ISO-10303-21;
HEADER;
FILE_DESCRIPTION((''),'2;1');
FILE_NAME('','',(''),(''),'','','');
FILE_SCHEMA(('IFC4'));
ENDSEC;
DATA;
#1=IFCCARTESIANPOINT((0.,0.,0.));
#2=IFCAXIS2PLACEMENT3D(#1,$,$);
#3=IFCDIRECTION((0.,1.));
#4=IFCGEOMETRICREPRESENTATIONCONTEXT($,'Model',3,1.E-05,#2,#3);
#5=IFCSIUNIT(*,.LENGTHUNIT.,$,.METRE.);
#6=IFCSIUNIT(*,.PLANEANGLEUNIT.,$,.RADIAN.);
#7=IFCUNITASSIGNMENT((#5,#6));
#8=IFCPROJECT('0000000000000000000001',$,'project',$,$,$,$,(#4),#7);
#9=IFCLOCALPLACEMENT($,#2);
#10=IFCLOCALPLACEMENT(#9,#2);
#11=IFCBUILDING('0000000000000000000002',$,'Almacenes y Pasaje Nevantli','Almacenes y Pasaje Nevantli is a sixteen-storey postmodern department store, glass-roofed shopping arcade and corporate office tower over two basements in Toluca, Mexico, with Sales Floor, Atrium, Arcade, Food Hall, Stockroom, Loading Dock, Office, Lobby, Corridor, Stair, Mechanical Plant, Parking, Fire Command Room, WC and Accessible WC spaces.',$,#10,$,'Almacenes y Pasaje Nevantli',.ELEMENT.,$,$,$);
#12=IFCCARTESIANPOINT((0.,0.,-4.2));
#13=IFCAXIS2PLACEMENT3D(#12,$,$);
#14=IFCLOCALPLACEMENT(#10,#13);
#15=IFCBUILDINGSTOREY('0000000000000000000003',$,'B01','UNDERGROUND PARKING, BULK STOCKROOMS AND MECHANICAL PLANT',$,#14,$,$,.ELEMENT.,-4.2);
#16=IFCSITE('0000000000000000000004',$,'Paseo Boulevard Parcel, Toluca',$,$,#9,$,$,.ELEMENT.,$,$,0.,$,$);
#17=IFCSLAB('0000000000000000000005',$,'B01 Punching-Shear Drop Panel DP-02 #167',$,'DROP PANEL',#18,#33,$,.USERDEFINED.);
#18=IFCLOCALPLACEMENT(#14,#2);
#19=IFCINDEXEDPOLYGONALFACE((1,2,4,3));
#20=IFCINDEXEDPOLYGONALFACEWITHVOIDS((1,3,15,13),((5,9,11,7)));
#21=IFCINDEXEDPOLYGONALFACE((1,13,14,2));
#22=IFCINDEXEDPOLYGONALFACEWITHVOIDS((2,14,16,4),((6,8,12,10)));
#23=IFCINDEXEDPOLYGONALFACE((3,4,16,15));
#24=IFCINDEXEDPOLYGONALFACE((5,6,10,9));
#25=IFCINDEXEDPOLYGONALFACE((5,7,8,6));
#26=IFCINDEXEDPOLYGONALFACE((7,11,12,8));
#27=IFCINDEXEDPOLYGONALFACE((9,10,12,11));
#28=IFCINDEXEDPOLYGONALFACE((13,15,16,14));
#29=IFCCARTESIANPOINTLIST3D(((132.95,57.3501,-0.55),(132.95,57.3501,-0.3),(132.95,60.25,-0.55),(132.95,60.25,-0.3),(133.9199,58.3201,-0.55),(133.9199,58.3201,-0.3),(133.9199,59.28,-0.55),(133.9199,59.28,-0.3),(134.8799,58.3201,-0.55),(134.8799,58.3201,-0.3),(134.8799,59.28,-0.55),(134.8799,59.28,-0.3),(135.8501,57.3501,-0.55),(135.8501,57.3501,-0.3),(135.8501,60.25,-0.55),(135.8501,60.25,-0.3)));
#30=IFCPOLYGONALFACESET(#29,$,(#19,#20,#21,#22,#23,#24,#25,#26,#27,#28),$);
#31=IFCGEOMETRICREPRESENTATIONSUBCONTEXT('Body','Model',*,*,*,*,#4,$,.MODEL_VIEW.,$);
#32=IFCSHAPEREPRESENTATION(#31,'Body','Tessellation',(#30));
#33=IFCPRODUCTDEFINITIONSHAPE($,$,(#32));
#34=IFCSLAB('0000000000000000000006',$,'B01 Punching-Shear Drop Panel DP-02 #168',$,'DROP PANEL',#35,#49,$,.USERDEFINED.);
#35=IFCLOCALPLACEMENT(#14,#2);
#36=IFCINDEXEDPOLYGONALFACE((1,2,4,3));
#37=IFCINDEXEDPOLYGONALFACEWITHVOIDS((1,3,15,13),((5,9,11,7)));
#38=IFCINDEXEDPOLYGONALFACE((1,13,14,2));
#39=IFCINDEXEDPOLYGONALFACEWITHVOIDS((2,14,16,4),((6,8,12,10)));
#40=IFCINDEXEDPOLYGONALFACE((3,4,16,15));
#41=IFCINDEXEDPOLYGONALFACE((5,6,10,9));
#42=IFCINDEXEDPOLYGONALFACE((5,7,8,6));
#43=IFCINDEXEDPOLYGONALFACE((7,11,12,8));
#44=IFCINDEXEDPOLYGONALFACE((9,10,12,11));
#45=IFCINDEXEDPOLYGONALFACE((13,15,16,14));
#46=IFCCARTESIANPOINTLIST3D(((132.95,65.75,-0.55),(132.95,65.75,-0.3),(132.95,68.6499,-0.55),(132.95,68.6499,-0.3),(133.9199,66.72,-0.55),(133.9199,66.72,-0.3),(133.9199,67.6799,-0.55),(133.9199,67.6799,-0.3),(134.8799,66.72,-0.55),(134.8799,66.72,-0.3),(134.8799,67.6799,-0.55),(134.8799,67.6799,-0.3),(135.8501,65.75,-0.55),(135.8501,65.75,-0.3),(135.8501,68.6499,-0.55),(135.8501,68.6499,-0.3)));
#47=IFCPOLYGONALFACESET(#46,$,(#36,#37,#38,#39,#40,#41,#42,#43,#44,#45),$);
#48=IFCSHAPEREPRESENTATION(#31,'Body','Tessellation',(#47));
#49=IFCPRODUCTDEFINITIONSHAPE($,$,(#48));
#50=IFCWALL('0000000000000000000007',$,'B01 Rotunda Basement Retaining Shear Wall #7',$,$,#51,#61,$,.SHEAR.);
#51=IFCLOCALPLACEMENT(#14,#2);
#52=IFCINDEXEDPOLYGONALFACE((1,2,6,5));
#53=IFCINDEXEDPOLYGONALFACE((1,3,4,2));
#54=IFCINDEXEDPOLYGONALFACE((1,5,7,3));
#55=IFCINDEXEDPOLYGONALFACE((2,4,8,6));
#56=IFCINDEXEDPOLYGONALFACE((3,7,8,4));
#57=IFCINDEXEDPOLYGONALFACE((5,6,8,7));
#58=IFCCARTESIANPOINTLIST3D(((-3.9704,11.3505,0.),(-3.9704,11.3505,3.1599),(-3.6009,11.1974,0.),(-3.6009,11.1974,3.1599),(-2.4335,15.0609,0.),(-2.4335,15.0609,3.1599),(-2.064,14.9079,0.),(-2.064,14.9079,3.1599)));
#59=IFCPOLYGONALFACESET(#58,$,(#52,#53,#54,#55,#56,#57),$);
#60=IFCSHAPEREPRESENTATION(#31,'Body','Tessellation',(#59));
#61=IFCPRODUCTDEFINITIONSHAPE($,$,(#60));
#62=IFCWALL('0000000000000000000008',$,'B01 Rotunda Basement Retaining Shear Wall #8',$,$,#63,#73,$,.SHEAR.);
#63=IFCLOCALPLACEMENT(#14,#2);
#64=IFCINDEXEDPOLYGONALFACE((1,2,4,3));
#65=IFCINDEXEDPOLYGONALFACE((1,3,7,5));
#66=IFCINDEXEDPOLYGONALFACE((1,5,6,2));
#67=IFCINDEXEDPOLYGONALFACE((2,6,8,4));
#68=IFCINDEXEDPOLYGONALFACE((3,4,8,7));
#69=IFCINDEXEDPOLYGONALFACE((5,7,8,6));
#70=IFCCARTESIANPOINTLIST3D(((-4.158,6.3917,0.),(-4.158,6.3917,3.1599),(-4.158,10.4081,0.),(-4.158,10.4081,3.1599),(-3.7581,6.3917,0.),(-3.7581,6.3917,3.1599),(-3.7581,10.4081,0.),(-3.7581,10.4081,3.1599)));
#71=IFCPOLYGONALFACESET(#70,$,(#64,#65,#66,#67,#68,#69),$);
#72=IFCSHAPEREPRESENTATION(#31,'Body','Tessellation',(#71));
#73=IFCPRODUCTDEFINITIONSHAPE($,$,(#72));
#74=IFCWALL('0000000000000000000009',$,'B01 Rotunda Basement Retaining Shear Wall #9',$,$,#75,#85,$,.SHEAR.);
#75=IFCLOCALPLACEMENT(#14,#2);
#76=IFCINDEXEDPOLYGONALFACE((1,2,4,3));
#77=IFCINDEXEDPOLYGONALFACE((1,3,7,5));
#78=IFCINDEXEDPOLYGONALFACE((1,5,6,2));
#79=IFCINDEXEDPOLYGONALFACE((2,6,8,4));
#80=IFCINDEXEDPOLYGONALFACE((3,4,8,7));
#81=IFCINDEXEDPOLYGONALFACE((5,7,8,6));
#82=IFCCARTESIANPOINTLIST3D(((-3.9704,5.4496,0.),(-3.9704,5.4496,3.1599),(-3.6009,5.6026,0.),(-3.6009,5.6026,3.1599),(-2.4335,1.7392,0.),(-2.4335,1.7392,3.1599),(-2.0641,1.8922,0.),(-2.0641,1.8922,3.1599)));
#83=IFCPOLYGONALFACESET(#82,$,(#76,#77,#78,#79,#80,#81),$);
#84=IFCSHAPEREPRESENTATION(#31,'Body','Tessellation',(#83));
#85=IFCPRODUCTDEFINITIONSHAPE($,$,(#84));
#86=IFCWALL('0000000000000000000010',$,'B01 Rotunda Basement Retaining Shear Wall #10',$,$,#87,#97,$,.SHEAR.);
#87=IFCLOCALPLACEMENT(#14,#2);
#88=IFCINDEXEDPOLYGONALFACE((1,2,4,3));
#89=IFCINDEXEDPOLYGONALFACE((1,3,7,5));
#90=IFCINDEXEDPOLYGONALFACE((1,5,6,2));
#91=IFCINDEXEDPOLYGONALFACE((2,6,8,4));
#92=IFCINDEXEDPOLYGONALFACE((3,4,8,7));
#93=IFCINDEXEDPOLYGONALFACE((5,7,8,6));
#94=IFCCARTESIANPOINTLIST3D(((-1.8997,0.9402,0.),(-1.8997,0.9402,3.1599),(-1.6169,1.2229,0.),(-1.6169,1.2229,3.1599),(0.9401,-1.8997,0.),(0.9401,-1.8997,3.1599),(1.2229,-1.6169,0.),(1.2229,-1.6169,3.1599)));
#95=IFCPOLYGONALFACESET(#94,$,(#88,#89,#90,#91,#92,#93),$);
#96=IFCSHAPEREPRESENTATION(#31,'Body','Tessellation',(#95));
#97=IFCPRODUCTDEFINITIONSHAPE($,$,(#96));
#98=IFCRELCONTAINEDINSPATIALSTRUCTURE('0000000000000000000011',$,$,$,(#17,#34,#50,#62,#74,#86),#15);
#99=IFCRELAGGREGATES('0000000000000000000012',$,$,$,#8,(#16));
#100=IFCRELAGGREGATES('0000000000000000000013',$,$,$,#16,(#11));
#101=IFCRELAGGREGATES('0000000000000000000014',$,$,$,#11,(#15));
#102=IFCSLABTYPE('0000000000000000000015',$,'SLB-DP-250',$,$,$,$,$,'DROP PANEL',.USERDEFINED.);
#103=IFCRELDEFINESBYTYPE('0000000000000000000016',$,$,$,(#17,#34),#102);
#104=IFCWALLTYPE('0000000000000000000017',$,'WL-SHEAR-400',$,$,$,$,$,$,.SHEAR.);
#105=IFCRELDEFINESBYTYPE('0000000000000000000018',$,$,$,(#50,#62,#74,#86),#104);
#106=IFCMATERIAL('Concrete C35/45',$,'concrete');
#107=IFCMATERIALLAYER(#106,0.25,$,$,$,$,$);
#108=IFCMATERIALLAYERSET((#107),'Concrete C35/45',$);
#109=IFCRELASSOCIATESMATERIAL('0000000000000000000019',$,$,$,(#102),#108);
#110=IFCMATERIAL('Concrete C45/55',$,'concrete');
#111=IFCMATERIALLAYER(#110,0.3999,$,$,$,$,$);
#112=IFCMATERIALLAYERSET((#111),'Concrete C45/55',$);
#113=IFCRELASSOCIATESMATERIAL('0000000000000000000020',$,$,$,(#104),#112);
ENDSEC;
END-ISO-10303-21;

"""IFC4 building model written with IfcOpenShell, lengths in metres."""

from ifc_helpers import new_model, si_unit, direction, frame, frame_2d, origin, place, context, subcontext, project, spatial, polyline, rectangle, outline, extrude, material, layer, layer_set, type_object, element, save


model = new_model("IFC4")

# Units and contexts
model_context = context("Model", 3, precision=1e-05, world=origin(), true_north=direction((0.0, 1.0)))
body_context = subcontext(model_context, "Body", "Model", "MODEL_VIEW")
ifc_project = project(units=[si_unit("LENGTHUNIT", "METRE"), si_unit("PLANEANGLEUNIT", "RADIAN")], contexts=[model_context])

# Site, building, storey
site_placement = place(None, origin())
site = spatial("IfcSite", under=ifc_project, at=site_placement, Name="Paseo Boulevard Parcel, Toluca", CompositionType="ELEMENT", RefElevation=0.0)
building_placement = place(site_placement, origin())
building = spatial("IfcBuilding", under=site, at=building_placement, Name="Almacenes y Pasaje Nevantli", Description="Almacenes y Pasaje Nevantli is a sixteen-storey postmodern department store, glass-roofed shopping arcade and corporate office tower over two basements in Toluca, Mexico, with Sales Floor, Atrium, Arcade, Food Hall, Stockroom, Loading Dock, Office, Lobby, Corridor, Stair, Mechanical Plant, Parking, Fire Command Room, WC and Accessible WC spaces.", LongName="Almacenes y Pasaje Nevantli", CompositionType="ELEMENT")
storey_placement = place(building_placement, frame((0.0, 0.0, -4.2)))
storey = spatial("IfcBuildingStorey", under=building, at=storey_placement, Name="B01", Description="UNDERGROUND PARKING, BULK STOCKROOMS AND MECHANICAL PLANT", CompositionType="ELEMENT", Elevation=-4.2)

# Slabs
ifc_material_1 = material(Name="Concrete C35/45", Category="concrete")
ifc_layer_1 = layer(ifc_material_1, 0.25)
ifc_layer_set_1 = layer_set([ifc_layer_1], Name="Concrete C35/45")
slab_type = type_object("IfcSlabType", Name="SLB-DP-250", ElementType="DROP PANEL", PredefinedType="USERDEFINED", material=ifc_layer_set_1)
slab_1_placement = place(storey_placement, frame((0.0, 0.0, -0.55)))
element("IfcSlab", 1, at=slab_1_placement, inside=storey, type_object=slab_type, Name="B01 Punching-Shear Drop Panel DP-02 #167", ObjectType="DROP PANEL", PredefinedType="USERDEFINED", context=body_context, shape_type="SweptSolid", body=[
    extrude(outline(polyline([(132.95, 57.3501), (135.8501, 57.3501), (135.8501, 60.25), (132.95, 60.25), (132.95, 57.3501)]), holes=[polyline([(133.9199, 58.3201), (134.8799, 58.3201), (134.8799, 59.28), (133.9199, 59.28), (133.9199, 58.3201)])]), origin(), (0.0, 0.0, 1.0), 0.25),
])
slab_2_placement = place(storey_placement, frame((0.0, 0.0, -0.55)))
element("IfcSlab", 2, at=slab_2_placement, inside=storey, type_object=slab_type, Name="B01 Punching-Shear Drop Panel DP-02 #168", ObjectType="DROP PANEL", PredefinedType="USERDEFINED", context=body_context, shape_type="SweptSolid", body=[
    extrude(outline(polyline([(132.95, 65.75), (135.8501, 65.75), (135.8501, 68.6499), (132.95, 68.6499), (132.95, 65.75)]), holes=[polyline([(133.9199, 66.72), (134.8799, 66.72), (134.8799, 67.6799), (133.9199, 67.6799), (133.9199, 66.72)])]), origin(), (0.0, 0.0, 1.0), 0.25),
])

# Walls
ifc_material_2 = material(Name="Concrete C45/55", Category="concrete")
ifc_layer_2 = layer(ifc_material_2, 0.3999)
ifc_layer_set_2 = layer_set([ifc_layer_2], Name="Concrete C45/55")
wall_type = type_object("IfcWallType", Name="WL-SHEAR-400", PredefinedType="SHEAR", material=ifc_layer_set_2)
wall_1_placement = place(storey_placement, frame((-2.2488, 14.9844, 0.0), z_axis=(0.0, 0.0, 1.0), x_axis=(-0.382672, -0.923884, 0.0)))
element("IfcWall", 3, at=wall_1_placement, inside=storey, type_object=wall_type, Name="B01 Rotunda Basement Retaining Shear Wall #7", PredefinedType="SHEAR", context=body_context, shape_type="SweptSolid", body=[
    extrude(rectangle(XDim=4.0161, YDim=0.3999, at=frame_2d((2.0081, 0.0))), origin(), (0.0, 0.0, 1.0), 3.1599),
])
wall_2_placement = place(storey_placement, frame((-3.958, 10.4082, 0.0), z_axis=(0.0, 0.0, 1.0), x_axis=(0.0, -1.0, 0.0)))
element("IfcWall", 4, at=wall_2_placement, inside=storey, type_object=wall_type, Name="B01 Rotunda Basement Retaining Shear Wall #8", PredefinedType="SHEAR", context=body_context, shape_type="SweptSolid", body=[
    extrude(rectangle(XDim=4.0164, YDim=0.3999, at=frame_2d((2.0083, 0.0))), origin(), (0.0, 0.0, 1.0), 3.1599),
])
for number, where, z_axis, x_axis, name in (
    (5, (-3.7856, 5.5261, 0.0), (0.0, 0.0, 1.0), (0.382672, -0.923884, 0.0), "B01 Rotunda Basement Retaining Shear Wall #9"),
    (6, (-1.7583, 1.0815, 0.0), (0.0, 0.0, 1.0), (0.707107, -0.707107, 0.0), "B01 Rotunda Basement Retaining Shear Wall #10"),
):
    element("IfcWall", number, at=place(storey_placement, frame(where, z_axis=z_axis, x_axis=x_axis)), inside=storey, type_object=wall_type, Name=name, PredefinedType="SHEAR", context=body_context, shape_type="SweptSolid", body=[
        extrude(rectangle(XDim=4.0161, YDim=0.3999, at=frame_2d((2.0081, 0.0))), origin(), (0.0, 0.0, 1.0), 3.1599),
    ])

save(model, "model.ifc")
